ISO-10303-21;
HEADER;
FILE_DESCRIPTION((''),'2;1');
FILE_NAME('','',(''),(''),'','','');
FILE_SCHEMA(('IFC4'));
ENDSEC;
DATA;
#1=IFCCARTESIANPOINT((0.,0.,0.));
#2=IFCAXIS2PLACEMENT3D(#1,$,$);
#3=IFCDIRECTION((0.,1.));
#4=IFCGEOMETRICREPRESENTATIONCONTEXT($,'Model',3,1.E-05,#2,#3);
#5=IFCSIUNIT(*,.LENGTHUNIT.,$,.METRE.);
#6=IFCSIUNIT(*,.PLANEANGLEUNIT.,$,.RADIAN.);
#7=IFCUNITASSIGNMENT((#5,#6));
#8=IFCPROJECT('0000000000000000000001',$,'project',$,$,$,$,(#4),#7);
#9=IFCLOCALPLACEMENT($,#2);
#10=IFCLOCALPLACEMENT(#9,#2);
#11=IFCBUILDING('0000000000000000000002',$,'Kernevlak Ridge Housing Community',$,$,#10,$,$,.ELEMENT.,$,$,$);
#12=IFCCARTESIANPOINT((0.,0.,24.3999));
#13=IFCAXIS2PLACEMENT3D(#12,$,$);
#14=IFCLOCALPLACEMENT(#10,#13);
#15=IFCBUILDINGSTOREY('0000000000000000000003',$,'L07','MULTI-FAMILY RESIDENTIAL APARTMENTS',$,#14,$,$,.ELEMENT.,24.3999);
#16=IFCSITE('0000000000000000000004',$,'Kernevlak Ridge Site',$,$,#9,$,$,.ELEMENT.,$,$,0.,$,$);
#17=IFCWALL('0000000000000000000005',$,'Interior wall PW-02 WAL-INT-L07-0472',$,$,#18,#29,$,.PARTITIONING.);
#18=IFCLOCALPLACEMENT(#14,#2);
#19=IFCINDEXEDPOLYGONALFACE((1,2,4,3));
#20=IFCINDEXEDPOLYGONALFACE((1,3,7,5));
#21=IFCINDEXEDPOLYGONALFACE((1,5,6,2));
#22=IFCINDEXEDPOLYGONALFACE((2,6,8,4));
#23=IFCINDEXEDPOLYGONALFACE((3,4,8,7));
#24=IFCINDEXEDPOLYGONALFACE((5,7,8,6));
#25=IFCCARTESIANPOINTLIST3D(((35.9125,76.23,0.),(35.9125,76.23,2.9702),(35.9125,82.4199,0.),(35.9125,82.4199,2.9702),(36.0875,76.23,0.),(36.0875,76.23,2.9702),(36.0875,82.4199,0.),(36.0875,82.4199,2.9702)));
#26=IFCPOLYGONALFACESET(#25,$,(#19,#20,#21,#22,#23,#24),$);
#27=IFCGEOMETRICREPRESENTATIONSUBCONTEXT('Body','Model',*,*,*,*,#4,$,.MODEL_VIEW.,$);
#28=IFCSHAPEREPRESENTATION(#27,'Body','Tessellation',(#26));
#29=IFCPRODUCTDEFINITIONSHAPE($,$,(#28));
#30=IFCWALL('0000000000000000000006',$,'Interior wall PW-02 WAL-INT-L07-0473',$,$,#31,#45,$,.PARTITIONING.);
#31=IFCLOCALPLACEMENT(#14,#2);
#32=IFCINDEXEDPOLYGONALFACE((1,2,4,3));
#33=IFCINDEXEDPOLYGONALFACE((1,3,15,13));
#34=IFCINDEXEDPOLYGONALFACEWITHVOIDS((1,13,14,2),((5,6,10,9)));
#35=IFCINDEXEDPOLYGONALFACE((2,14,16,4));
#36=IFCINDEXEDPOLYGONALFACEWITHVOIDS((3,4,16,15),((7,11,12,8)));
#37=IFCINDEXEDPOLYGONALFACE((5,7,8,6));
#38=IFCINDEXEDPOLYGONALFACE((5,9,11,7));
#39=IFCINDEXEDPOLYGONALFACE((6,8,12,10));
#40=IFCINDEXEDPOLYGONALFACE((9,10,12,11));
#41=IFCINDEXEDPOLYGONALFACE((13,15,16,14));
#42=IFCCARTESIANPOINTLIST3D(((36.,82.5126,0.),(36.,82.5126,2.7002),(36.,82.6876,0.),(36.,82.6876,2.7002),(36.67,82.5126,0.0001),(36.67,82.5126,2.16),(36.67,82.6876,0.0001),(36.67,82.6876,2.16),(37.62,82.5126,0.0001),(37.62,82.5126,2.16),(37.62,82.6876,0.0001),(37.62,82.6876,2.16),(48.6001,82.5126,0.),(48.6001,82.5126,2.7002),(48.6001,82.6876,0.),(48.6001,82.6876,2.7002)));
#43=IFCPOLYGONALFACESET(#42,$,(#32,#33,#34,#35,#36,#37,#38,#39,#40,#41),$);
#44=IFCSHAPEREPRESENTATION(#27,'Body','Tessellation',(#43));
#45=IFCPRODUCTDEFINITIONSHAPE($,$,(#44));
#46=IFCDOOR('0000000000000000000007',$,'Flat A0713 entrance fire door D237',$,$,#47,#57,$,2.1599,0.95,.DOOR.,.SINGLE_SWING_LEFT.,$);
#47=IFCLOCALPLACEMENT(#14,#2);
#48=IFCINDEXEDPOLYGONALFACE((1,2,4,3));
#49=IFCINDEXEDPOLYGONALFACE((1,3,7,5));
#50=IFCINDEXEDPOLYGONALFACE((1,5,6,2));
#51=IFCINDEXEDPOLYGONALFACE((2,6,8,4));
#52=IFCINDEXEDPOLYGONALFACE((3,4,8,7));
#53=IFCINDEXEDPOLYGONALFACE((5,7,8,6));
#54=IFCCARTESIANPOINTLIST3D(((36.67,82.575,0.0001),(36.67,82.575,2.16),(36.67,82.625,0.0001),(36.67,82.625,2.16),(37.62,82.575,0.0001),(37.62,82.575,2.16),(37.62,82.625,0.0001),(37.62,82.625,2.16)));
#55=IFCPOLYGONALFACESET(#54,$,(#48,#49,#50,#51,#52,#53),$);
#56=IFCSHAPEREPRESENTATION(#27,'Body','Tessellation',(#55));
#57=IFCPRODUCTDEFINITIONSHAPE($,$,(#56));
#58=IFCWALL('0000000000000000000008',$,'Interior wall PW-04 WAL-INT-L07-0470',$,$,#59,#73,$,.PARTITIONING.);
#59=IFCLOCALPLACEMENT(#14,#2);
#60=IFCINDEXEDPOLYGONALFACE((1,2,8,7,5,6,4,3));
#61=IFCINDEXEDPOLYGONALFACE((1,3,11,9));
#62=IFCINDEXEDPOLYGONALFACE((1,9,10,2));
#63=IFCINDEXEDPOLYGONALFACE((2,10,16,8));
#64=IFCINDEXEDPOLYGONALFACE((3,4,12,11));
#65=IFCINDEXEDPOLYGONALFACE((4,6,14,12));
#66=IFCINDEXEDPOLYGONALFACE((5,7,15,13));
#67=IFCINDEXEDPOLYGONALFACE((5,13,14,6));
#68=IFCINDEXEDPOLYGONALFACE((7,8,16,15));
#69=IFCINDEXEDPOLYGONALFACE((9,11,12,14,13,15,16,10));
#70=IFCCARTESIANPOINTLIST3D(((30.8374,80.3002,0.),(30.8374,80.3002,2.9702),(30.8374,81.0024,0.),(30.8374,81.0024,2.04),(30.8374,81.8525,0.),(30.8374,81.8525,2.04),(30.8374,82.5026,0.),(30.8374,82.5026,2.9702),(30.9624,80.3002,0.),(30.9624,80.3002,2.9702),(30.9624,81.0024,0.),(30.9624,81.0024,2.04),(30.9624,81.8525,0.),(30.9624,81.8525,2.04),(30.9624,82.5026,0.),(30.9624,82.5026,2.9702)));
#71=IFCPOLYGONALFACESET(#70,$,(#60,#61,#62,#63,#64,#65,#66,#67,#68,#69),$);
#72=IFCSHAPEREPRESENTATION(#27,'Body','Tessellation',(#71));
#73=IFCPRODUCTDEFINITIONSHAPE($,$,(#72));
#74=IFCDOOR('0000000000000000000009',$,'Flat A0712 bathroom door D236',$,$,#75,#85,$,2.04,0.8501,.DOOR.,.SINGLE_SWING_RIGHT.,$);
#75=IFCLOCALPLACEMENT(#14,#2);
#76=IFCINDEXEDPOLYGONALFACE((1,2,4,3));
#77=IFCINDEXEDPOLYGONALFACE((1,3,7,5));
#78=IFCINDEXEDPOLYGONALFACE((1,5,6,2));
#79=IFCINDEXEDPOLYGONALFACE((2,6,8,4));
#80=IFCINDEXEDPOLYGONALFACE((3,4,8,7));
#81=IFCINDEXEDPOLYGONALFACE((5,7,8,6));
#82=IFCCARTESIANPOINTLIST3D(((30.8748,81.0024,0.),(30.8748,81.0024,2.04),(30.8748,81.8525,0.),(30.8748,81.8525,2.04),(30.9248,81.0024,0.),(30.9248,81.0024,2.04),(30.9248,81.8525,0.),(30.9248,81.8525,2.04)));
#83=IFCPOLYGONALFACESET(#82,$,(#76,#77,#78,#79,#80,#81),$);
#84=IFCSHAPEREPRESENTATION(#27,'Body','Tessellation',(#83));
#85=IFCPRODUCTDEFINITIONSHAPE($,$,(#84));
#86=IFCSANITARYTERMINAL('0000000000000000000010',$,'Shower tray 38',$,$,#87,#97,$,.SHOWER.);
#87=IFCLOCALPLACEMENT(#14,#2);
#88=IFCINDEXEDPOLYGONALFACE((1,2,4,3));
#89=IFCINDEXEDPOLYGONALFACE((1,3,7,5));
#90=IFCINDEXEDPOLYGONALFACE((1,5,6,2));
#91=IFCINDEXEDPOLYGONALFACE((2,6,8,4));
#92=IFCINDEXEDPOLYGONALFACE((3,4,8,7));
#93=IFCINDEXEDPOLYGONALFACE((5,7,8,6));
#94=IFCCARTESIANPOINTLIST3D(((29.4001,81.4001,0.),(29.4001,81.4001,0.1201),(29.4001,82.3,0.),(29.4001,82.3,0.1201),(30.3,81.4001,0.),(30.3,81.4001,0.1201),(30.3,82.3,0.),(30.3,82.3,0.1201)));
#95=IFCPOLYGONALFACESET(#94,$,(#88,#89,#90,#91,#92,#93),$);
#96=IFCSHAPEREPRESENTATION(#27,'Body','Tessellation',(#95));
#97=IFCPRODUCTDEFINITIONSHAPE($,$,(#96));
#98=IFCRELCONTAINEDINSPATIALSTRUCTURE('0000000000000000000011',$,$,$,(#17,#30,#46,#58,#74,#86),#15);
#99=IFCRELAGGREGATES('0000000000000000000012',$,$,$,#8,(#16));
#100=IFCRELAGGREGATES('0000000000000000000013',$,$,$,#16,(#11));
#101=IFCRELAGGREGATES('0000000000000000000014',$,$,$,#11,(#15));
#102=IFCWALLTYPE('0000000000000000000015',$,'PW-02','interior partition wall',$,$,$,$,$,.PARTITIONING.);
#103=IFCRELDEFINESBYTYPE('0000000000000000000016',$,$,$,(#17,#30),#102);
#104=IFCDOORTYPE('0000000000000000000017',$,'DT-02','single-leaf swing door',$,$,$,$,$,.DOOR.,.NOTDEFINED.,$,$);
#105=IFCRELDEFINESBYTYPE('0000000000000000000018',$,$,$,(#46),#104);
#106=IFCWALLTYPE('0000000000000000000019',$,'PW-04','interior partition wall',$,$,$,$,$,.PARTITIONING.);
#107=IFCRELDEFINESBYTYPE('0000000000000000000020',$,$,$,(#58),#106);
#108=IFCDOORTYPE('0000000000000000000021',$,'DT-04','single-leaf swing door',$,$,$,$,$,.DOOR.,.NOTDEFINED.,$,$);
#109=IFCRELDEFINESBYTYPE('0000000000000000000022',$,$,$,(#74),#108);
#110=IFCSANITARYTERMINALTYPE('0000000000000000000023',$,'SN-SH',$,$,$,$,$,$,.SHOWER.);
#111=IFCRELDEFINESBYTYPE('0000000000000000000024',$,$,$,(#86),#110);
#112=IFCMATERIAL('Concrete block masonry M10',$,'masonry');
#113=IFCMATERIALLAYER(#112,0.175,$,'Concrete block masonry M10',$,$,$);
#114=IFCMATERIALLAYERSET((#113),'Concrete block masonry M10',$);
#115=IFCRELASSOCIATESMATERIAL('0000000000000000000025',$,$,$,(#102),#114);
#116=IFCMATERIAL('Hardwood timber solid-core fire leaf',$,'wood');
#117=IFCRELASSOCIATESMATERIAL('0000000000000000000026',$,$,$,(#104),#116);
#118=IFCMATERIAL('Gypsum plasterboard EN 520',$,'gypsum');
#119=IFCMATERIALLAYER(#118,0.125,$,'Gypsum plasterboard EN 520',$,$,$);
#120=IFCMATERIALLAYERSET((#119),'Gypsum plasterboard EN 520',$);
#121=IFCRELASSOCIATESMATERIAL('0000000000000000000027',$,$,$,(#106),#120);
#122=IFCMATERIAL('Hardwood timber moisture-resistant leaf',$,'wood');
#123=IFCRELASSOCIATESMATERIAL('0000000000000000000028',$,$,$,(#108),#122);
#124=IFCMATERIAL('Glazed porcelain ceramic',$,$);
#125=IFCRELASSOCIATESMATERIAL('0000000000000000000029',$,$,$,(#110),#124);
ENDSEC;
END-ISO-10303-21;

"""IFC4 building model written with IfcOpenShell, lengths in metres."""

from ifc_helpers import new_model, si_unit, direction, frame, frame_2d, origin, origin_2d, place, context, subcontext, project, spatial, rectangle, extrude, material, layer, layer_set, type_object, element, fill, save


model = new_model("IFC4")

# Units and contexts
model_context = context("Model", 3, precision=1e-05, world=origin(), true_north=direction((0.0, 1.0)))
body_context = subcontext(model_context, "Body", "Model", "MODEL_VIEW")
ifc_project = project(units=[si_unit("LENGTHUNIT", "METRE"), si_unit("PLANEANGLEUNIT", "RADIAN")], contexts=[model_context])

# Site, building, storey
site_placement = place(None, origin())
site = spatial("IfcSite", under=ifc_project, at=site_placement, Name="Kernevlak Ridge Site", CompositionType="ELEMENT", RefElevation=0.0)
building_placement = place(site_placement, origin())
building = spatial("IfcBuilding", under=site, at=building_placement, Name="Kernevlak Ridge Housing Community", CompositionType="ELEMENT")
storey_placement = place(building_placement, frame((0.0, 0.0, 24.3999)))
storey = spatial("IfcBuildingStorey", under=building, at=storey_placement, Name="L07", Description="MULTI-FAMILY RESIDENTIAL APARTMENTS", CompositionType="ELEMENT", Elevation=24.3999)

# Shared definitions
ifc_material_1 = material(Name="Concrete block masonry M10", Category="masonry")
ifc_layer_1 = layer(ifc_material_1, 0.175, Name="Concrete block masonry M10")
ifc_layer_set_1 = layer_set([ifc_layer_1], Name="Concrete block masonry M10")
wall_type_1 = type_object("IfcWallType", Name="PW-02", Description="interior partition wall", PredefinedType="PARTITIONING", material=ifc_layer_set_1)

# Shared definitions
ifc_material_2 = material(Name="Hardwood timber solid-core fire leaf", Category="wood")

# Wall
wall_1_placement = place(storey_placement, frame((36.0, 82.4199, 0.0), z_axis=(0.0, 0.0, 1.0), x_axis=(0.0, -1.0, 0.0)))
element("IfcWall", 1, at=wall_1_placement, inside=storey, type_object=wall_type_1, Name="Interior wall PW-02 WAL-INT-L07-0472", PredefinedType="PARTITIONING", context=body_context, shape_type="SweptSolid", body=[
    extrude(rectangle(XDim=6.1899, YDim=0.175, at=frame_2d((3.095, 0.0))), origin(), (0.0, 0.0, 1.0), 2.9702),
])

# Walls, openings, doors
wall_2_placement = place(storey_placement, frame((36.0, 82.6001, 0.0), z_axis=(0.0, 0.0, 1.0), x_axis=(1.0, 0.0, 0.0)))
wall_2 = element("IfcWall", 2, at=wall_2_placement, inside=storey, type_object=wall_type_1, Name="Interior wall PW-02 WAL-INT-L07-0473", PredefinedType="PARTITIONING", context=body_context, shape_type="SweptSolid", body=[
    extrude(rectangle(XDim=12.6001, YDim=0.175, at=frame_2d((6.3, 0.0))), origin(), (0.0, 0.0, 1.0), 2.7002),
])
opening_1_placement = place(wall_2_placement, frame((0.6699, 0.0, 0.0)))
opening_1 = element("IfcOpeningElement", 3, at=opening_1_placement, cuts=wall_2, PredefinedType="OPENING", context=body_context, shape_type="SweptSolid", body=[
    extrude(rectangle(XDim=0.95, YDim=2.1599, at=frame_2d((0.4751, 1.0801))), frame((0.0, 0.0974, 0.0), z_axis=(0.0, -1.0, 0.0), x_axis=(1.0, 0.0, 0.0)), (0.0, 0.0, 1.0), 0.1951),
])
door_type_1 = type_object("IfcDoorType", Name="DT-02", Description="single-leaf swing door", OperationType="NOTDEFINED", PredefinedType="DOOR", material=ifc_material_2)
door_1_placement = place(opening_1_placement, origin())
door_1 = element("IfcDoor", 4, at=door_1_placement, inside=storey, type_object=door_type_1, Name="Flat A0713 entrance fire door D237", OperationType="SINGLE_SWING_LEFT", OverallHeight=2.1599, OverallWidth=0.95, PredefinedType="DOOR", context=body_context, shape_type="SweptSolid", body=[
    extrude(rectangle(XDim=0.95, YDim=2.1599, at=frame_2d((0.4751, 1.0801))), frame((0.0, 0.0249, 0.0), z_axis=(0.0, -1.0, 0.0), x_axis=(1.0, 0.0, 0.0)), (0.0, 0.0, 1.0), 0.05),
])
fill(opening_1, door_1)
ifc_material_3 = material(Name="Gypsum plasterboard EN 520", Category="gypsum")
ifc_layer_2 = layer(ifc_material_3, 0.125, Name="Gypsum plasterboard EN 520")
ifc_layer_set_2 = layer_set([ifc_layer_2], Name="Gypsum plasterboard EN 520")
wall_type_2 = type_object("IfcWallType", Name="PW-04", Description="interior partition wall", PredefinedType="PARTITIONING", material=ifc_layer_set_2)
wall_3_placement = place(storey_placement, frame((30.8999, 82.5024, 0.0), z_axis=(0.0, 0.0, 1.0), x_axis=(0.0, -1.0, 0.0)))
wall_3 = element("IfcWall", 5, at=wall_3_placement, inside=storey, type_object=wall_type_2, Name="Interior wall PW-04 WAL-INT-L07-0470", PredefinedType="PARTITIONING", context=body_context, shape_type="SweptSolid", body=[
    extrude(rectangle(XDim=2.2024, YDim=0.125, at=frame_2d((1.1011, 0.0))), origin(), (0.0, 0.0, 1.0), 2.9702),
])
opening_2_placement = place(wall_3_placement, frame((0.6499, 0.0, 0.0)))
opening_2 = element("IfcOpeningElement", 6, at=opening_2_placement, cuts=wall_3, PredefinedType="OPENING", context=body_context, shape_type="SweptSolid", body=[
    extrude(rectangle(XDim=0.8501, YDim=2.04, at=frame_2d((0.425, 1.02))), frame((0.0, 0.0725, 0.0), z_axis=(0.0, -1.0, 0.0), x_axis=(1.0, 0.0, 0.0)), (0.0, 0.0, 1.0), 0.145),
])
ifc_material_4 = material(Name="Hardwood timber moisture-resistant leaf", Category="wood")
door_type_2 = type_object("IfcDoorType", Name="DT-04", Description="single-leaf swing door", OperationType="NOTDEFINED", PredefinedType="DOOR", material=ifc_material_4)
door_2_placement = place(opening_2_placement, origin())
door_2 = element("IfcDoor", 7, at=door_2_placement, inside=storey, type_object=door_type_2, Name="Flat A0712 bathroom door D236", OperationType="SINGLE_SWING_RIGHT", OverallHeight=2.04, OverallWidth=0.8501, PredefinedType="DOOR", context=body_context, shape_type="SweptSolid", body=[
    extrude(rectangle(XDim=0.8501, YDim=2.04, at=frame_2d((0.425, 1.02))), frame((0.0, 0.0249, 0.0), z_axis=(0.0, -1.0, 0.0), x_axis=(1.0, 0.0, 0.0)), (0.0, 0.0, 1.0), 0.05),
])
fill(opening_2, door_2)

# Sanitary terminal
ifc_material_5 = material(Name="Glazed porcelain ceramic")
sanitary_terminal_type = type_object("IfcSanitaryTerminalType", Name="SN-SH", PredefinedType="SHOWER", material=ifc_material_5)
sanitary_terminal_placement = place(storey_placement, frame((29.8501, 81.8501, 0.0), z_axis=(0.0, 0.0, 1.0), x_axis=(1.0, 0.0, 0.0)))
element("IfcSanitaryTerminal", 8, at=sanitary_terminal_placement, inside=storey, type_object=sanitary_terminal_type, Name="Shower tray 38", PredefinedType="SHOWER", context=body_context, shape_type="SweptSolid", body=[
    extrude(rectangle(XDim=0.8999, YDim=0.8999, at=origin_2d()), origin(), (0.0, 0.0, 1.0), 0.1201),
])

save(model, "model.ifc")
